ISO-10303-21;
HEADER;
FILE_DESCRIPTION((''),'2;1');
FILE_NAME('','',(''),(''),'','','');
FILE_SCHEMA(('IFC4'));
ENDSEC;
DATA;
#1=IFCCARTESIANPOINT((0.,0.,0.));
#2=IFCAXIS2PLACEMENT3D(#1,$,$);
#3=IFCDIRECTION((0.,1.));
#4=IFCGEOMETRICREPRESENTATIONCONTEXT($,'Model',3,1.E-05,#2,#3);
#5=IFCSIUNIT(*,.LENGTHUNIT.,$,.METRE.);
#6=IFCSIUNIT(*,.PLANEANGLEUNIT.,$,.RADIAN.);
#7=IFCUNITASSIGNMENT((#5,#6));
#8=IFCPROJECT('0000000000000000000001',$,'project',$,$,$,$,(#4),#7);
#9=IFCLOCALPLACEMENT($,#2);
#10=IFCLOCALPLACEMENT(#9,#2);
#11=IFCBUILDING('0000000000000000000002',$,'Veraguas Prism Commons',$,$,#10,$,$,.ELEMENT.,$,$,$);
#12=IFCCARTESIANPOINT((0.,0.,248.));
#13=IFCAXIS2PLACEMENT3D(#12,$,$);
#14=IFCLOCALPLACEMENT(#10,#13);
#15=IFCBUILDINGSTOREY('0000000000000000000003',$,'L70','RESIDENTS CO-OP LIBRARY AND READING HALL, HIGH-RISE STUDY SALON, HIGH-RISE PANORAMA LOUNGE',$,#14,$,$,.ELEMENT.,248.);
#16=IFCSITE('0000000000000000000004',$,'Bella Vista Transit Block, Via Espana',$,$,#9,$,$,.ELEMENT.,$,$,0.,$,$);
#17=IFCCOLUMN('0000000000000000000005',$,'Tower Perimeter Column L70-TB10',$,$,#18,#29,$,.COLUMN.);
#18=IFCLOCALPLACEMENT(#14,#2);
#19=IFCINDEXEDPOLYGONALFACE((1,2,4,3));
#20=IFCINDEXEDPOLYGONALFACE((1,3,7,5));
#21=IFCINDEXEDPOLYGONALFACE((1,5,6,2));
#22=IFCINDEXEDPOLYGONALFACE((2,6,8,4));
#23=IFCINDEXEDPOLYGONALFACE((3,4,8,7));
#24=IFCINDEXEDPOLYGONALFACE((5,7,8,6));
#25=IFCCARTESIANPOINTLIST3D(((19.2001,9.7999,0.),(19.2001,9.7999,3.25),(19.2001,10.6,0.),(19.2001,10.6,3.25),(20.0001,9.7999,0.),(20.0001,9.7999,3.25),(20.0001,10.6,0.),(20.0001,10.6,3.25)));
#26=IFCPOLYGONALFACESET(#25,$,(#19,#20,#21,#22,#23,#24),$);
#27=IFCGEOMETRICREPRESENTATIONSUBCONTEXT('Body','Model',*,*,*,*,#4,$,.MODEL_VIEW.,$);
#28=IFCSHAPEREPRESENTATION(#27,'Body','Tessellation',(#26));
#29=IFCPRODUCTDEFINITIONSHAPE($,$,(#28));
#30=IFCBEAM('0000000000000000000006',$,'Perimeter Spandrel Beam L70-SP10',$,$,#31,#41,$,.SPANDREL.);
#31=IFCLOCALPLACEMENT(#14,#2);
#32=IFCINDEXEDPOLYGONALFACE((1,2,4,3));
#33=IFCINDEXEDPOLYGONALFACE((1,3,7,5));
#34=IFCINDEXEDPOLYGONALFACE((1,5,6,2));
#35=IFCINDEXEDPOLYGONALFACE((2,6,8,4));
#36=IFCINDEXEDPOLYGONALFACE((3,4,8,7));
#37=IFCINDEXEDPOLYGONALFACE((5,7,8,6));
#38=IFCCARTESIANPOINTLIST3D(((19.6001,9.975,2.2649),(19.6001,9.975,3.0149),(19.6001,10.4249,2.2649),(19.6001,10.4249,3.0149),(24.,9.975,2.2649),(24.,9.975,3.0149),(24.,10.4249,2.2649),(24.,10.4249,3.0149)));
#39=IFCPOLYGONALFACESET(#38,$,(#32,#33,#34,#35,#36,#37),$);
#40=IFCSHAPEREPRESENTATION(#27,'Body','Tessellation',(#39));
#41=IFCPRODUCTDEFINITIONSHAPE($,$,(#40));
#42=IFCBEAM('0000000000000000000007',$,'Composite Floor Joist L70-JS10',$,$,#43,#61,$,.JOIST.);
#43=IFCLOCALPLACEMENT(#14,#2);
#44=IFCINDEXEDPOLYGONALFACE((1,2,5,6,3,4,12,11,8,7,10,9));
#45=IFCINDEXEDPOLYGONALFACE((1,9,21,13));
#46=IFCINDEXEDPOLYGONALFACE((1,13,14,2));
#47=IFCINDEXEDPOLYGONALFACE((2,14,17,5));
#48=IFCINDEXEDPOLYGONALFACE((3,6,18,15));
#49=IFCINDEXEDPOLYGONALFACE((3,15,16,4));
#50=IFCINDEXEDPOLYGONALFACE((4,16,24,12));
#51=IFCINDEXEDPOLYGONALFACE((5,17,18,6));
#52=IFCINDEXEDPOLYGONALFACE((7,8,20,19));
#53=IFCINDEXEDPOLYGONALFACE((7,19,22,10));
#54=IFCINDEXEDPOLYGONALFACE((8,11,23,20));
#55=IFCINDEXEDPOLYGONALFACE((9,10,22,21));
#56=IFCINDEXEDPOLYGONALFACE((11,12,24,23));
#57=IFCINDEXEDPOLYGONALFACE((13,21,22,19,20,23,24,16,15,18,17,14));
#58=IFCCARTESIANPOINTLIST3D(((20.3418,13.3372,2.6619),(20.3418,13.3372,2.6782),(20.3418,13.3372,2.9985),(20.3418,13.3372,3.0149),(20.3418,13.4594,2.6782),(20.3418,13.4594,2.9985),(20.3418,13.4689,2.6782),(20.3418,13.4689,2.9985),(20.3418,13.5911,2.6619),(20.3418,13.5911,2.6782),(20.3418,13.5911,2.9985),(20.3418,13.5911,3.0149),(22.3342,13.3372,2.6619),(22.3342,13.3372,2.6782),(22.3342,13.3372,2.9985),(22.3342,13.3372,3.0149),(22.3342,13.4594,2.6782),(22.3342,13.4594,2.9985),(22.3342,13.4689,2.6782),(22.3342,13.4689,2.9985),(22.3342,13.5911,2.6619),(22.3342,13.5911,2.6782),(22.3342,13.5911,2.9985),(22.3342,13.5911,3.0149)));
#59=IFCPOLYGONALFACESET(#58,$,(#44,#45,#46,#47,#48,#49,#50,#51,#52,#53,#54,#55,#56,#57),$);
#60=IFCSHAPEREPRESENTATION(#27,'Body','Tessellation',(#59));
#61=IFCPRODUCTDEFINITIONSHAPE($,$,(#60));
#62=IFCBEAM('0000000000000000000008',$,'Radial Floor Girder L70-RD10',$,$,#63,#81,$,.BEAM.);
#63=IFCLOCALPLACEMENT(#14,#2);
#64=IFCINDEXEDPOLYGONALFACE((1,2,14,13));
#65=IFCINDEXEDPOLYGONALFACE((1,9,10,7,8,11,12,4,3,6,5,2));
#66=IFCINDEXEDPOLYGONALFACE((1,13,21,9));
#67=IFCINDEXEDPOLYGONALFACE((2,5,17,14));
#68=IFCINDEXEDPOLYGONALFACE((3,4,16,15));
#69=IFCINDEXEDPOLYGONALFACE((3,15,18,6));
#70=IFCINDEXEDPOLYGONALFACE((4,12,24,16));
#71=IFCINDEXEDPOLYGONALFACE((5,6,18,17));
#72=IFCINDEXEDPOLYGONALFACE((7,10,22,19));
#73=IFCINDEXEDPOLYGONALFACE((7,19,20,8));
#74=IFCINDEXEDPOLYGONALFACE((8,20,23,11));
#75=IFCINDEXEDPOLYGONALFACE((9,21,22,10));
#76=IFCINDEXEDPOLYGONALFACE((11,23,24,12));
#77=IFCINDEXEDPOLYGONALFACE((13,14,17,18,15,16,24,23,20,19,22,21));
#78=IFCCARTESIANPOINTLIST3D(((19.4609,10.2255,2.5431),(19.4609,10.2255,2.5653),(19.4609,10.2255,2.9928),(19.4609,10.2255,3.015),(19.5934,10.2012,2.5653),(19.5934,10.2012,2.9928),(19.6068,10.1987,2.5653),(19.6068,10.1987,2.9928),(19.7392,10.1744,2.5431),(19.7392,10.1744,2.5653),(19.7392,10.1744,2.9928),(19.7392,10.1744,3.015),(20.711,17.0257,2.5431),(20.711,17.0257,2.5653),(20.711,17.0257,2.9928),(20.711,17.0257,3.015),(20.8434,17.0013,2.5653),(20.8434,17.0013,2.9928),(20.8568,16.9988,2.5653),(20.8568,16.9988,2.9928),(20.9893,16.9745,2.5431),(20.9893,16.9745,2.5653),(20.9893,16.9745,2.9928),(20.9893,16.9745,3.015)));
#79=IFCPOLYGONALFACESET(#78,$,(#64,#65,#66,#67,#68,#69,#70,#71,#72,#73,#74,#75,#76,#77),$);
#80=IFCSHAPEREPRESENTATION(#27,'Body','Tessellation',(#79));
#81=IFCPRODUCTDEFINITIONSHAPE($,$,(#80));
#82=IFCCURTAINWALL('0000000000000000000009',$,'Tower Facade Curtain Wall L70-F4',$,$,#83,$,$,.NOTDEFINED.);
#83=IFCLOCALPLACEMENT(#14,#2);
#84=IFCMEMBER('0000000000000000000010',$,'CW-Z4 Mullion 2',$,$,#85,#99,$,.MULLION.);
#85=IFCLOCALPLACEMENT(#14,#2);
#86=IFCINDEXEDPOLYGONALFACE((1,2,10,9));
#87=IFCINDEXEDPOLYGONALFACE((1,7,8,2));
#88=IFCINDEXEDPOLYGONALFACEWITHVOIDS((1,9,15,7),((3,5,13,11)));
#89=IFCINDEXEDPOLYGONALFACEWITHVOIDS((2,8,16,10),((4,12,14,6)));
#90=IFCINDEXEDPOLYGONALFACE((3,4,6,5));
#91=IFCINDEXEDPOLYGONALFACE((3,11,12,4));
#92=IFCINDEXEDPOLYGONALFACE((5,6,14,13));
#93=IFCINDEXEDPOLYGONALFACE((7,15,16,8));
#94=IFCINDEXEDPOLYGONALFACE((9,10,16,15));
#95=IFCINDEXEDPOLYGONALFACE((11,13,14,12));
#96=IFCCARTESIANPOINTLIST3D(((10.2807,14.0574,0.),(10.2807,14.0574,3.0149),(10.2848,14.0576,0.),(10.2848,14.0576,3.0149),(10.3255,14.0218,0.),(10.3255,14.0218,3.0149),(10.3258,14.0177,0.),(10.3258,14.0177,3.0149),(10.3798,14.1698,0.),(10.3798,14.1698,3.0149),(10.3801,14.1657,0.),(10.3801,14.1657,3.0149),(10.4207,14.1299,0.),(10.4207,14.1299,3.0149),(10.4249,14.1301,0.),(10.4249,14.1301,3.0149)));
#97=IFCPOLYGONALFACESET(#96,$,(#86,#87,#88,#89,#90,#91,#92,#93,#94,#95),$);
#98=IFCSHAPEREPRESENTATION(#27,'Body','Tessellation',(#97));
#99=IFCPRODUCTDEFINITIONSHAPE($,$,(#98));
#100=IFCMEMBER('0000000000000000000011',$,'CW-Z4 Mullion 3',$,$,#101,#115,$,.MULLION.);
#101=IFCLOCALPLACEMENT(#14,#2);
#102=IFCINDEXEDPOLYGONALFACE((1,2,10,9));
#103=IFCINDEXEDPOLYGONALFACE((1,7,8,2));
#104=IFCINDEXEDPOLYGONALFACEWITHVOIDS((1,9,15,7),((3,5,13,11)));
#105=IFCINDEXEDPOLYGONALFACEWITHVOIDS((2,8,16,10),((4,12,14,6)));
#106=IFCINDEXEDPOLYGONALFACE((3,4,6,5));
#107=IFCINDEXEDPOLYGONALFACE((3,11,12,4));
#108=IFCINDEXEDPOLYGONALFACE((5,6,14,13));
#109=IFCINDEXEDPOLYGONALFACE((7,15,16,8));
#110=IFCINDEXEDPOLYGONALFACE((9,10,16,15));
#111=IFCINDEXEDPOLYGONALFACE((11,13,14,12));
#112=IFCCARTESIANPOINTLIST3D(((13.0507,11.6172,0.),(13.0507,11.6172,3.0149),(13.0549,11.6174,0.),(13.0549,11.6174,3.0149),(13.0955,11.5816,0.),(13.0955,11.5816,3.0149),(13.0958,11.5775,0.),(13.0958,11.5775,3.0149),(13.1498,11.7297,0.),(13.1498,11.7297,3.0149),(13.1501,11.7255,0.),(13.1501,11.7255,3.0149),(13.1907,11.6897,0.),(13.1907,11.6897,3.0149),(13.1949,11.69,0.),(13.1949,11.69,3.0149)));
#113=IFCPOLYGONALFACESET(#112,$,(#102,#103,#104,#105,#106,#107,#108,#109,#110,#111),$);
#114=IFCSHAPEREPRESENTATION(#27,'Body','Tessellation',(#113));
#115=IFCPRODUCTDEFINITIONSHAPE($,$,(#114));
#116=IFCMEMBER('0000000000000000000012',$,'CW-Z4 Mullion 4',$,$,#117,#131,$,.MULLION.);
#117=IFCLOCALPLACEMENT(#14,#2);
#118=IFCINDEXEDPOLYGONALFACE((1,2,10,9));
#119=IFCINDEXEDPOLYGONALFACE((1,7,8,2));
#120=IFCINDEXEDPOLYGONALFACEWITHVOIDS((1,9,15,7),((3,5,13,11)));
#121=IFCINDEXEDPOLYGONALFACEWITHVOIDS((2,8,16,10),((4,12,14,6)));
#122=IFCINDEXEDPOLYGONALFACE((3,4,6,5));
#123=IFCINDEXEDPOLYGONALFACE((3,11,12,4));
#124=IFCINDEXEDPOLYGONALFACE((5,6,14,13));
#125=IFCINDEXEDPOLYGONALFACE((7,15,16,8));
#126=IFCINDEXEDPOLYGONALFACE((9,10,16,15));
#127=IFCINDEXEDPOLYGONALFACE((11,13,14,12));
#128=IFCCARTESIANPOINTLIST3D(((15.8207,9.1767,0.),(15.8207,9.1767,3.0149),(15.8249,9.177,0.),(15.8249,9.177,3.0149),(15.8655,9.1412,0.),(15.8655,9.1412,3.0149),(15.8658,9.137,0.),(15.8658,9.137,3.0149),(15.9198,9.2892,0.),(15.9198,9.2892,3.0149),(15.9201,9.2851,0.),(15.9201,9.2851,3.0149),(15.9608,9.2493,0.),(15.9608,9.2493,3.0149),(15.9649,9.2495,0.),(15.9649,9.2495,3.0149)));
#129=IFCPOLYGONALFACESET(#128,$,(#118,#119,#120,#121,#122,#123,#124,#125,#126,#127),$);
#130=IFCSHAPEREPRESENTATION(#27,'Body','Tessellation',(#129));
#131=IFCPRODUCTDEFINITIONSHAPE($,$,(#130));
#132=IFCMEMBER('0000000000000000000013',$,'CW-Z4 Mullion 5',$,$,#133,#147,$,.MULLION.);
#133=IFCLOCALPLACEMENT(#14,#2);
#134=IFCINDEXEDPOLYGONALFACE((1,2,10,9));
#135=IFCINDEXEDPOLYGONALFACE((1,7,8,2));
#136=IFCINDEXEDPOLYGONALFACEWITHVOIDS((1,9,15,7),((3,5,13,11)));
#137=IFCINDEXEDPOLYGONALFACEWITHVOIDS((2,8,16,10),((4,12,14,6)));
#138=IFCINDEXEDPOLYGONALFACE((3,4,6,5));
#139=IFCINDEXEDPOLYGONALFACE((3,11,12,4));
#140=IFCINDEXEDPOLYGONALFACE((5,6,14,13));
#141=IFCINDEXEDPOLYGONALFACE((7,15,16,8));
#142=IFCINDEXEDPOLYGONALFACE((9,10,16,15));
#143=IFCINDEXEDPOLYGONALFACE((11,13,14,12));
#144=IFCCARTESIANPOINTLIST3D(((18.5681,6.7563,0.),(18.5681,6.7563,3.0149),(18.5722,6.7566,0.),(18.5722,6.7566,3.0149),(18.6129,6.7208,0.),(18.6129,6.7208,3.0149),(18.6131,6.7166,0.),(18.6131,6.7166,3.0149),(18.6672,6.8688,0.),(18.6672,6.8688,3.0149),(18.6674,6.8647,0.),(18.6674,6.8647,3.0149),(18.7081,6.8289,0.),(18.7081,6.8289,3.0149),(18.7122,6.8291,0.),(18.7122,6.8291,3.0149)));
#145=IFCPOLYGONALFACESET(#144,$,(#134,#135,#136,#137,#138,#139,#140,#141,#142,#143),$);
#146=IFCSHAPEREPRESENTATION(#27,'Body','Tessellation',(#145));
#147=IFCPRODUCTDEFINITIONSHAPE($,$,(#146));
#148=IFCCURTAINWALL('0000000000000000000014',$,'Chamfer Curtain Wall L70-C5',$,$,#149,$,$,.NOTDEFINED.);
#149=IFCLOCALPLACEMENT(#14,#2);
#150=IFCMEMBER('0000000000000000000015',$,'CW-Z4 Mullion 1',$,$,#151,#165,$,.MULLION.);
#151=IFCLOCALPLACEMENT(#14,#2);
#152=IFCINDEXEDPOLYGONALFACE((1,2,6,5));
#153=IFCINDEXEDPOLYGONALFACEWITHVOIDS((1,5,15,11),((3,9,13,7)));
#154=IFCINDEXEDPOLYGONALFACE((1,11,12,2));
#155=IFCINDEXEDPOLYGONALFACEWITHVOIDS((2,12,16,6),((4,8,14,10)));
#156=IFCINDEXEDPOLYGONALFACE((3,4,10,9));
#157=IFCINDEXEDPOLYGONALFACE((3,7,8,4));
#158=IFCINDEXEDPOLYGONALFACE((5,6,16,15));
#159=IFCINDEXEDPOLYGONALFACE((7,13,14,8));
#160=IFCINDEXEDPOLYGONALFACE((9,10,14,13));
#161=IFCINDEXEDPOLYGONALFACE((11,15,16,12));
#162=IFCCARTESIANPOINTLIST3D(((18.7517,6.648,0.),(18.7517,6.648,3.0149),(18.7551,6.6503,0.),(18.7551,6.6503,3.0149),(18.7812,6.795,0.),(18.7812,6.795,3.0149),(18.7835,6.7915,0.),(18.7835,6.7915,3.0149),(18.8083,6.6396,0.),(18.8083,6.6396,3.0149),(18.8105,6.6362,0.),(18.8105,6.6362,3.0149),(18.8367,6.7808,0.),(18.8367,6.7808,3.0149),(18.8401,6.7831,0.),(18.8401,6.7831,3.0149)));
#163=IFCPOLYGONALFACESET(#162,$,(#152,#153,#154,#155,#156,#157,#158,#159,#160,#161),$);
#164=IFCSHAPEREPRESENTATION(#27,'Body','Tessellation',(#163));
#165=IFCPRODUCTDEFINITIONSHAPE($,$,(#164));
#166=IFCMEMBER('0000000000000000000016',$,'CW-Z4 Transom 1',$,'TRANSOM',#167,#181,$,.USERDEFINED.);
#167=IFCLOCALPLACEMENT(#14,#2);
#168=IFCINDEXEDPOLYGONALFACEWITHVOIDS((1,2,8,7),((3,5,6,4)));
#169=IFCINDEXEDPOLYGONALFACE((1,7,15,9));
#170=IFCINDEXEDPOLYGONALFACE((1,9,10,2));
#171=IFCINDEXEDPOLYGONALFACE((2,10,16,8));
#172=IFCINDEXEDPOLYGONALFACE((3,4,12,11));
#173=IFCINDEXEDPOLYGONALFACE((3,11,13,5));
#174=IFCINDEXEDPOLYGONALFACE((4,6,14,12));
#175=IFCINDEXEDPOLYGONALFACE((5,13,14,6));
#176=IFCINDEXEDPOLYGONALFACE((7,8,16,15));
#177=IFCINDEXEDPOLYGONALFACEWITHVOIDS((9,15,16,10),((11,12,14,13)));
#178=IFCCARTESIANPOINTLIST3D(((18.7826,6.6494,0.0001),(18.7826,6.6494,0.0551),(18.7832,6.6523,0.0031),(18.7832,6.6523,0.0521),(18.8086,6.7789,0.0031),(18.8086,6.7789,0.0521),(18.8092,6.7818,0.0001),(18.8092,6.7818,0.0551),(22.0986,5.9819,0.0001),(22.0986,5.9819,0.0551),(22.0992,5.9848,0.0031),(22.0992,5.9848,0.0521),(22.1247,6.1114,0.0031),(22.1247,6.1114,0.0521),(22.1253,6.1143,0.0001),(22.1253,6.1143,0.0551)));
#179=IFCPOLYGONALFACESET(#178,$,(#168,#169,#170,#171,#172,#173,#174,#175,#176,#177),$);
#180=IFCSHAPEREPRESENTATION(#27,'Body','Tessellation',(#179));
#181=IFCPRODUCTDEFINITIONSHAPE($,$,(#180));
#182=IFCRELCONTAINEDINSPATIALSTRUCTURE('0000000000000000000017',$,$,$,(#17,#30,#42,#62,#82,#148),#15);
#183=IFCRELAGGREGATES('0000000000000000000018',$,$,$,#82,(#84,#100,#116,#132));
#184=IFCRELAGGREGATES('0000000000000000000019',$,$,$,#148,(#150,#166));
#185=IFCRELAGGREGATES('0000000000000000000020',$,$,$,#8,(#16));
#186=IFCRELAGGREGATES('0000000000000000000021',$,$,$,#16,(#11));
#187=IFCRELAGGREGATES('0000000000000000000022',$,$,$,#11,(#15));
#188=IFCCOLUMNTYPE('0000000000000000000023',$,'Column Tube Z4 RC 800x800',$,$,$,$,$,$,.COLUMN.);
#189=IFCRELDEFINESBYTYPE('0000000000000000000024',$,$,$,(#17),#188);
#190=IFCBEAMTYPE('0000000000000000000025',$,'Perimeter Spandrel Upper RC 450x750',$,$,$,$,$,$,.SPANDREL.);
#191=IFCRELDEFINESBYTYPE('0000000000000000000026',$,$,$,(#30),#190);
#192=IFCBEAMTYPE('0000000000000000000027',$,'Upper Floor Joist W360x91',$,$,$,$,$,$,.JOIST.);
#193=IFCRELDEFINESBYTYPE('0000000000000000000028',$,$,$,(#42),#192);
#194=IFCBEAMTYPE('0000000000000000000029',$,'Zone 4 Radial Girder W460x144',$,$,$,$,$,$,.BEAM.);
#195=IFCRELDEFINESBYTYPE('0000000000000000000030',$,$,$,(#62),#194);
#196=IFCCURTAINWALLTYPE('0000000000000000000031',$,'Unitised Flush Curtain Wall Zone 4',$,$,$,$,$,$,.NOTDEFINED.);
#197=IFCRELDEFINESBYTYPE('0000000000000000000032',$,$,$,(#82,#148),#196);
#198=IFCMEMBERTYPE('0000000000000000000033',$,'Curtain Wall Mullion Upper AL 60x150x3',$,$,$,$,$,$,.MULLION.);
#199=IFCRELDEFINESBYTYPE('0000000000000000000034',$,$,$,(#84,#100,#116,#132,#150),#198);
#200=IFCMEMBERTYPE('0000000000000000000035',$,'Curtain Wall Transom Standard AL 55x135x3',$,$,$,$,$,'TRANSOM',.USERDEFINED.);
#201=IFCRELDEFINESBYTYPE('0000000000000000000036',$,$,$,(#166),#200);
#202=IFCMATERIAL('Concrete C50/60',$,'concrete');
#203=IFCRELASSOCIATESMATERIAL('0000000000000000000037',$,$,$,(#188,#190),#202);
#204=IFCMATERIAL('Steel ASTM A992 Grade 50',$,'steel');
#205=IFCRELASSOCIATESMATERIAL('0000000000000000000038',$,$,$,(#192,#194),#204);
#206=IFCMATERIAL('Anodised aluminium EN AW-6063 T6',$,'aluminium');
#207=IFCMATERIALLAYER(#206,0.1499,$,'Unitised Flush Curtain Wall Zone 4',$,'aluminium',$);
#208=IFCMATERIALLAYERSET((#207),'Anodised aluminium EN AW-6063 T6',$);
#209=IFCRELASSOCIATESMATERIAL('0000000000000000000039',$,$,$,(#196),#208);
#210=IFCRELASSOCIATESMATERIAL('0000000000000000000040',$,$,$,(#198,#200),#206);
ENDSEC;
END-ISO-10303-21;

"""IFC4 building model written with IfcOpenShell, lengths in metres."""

from ifc_helpers import new_model, si_unit, direction, frame, origin, origin_2d, place, context, subcontext, project, spatial, rectangle, hollow_rectangle, i_section, extrude, source, transform, mapped, material, layer, layer_set, material_profile, profile_set, type_object, element, aggregate, save


model = new_model("IFC4")

# Units and contexts
model_context = context("Model", 3, precision=1e-05, world=origin(), true_north=direction((0.0, 1.0)))
body_context = subcontext(model_context, "Body", "Model", "MODEL_VIEW")
ifc_project = project(units=[si_unit("LENGTHUNIT", "METRE"), si_unit("PLANEANGLEUNIT", "RADIAN")], contexts=[model_context])

# Site, building, storey
site_placement = place(None, origin())
site = spatial("IfcSite", under=ifc_project, at=site_placement, Name="Bella Vista Transit Block, Via Espana", CompositionType="ELEMENT", RefElevation=0.0)
building_placement = place(site_placement, origin())
building = spatial("IfcBuilding", under=site, at=building_placement, Name="Veraguas Prism Commons", CompositionType="ELEMENT")
storey_placement = place(building_placement, frame((0.0, 0.0, 248.0)))
storey = spatial("IfcBuildingStorey", under=building, at=storey_placement, Name="L70", Description="RESIDENTS CO-OP LIBRARY AND READING HALL, HIGH-RISE STUDY SALON, HIGH-RISE PANORAMA LOUNGE", CompositionType="ELEMENT", Elevation=248.0)

# Column
ifc_material_1 = material(Name="Concrete C50/60", Category="concrete")
ifc_material_profile_1 = material_profile(ifc_material_1, rectangle(XDim=0.8, YDim=0.8, at=origin_2d()), Name="RC800X800")
ifc_profile_set_1 = profile_set([ifc_material_profile_1], Name="Concrete C50/60")
column_type = type_object("IfcColumnType", Name="Column Tube Z4 RC 800x800", PredefinedType="COLUMN", material=ifc_profile_set_1)
column_placement = place(storey_placement, frame((19.6001, 10.2, 0.0), z_axis=(0.0, 0.0, 1.0), x_axis=(1.0, 0.0, 0.0)))
element("IfcColumn", 1, at=column_placement, inside=storey, type_object=column_type, Name="Tower Perimeter Column L70-TB10", PredefinedType="COLUMN", context=body_context, shape_type="SweptSolid", body=[
    extrude(rectangle(XDim=0.8, YDim=0.8, at=origin_2d()), origin(), (0.0, 0.0, 1.0), 3.25),
])

# Beams
ifc_material_profile_2 = material_profile(ifc_material_1, rectangle(XDim=0.45, YDim=0.75, at=origin_2d()), Name="RC450X750")
ifc_profile_set_2 = profile_set([ifc_material_profile_2], Name="Concrete C50/60")
beam_type_1 = type_object("IfcBeamType", Name="Perimeter Spandrel Upper RC 450x750", PredefinedType="SPANDREL", material=ifc_profile_set_2)
beam_1_placement = place(storey_placement, frame((19.6001, 10.2, 2.6399), z_axis=(1.0, 0.0, 0.0), x_axis=(0.0, 1.0, 0.0)))
element("IfcBeam", 2, at=beam_1_placement, inside=storey, type_object=beam_type_1, Name="Perimeter Spandrel Beam L70-SP10", PredefinedType="SPANDREL", context=body_context, shape_type="SweptSolid", body=[
    extrude(rectangle(XDim=0.45, YDim=0.75, at=origin_2d()), origin(), (0.0, 0.0, 1.0), 4.3999),
])
ifc_material_2 = material(Name="Steel ASTM A992 Grade 50", Category="steel")
ifc_material_profile_3 = material_profile(ifc_material_2, i_section(OverallWidth=0.2539, OverallDepth=0.353, WebThickness=0.0095, FlangeThickness=0.0164, at=origin_2d()), Name="W360X91")
ifc_profile_set_3 = profile_set([ifc_material_profile_3], Name="Steel ASTM A992 Grade 50")
beam_type_2 = type_object("IfcBeamType", Name="Upper Floor Joist W360x91", PredefinedType="JOIST", material=ifc_profile_set_3)
beam_2_placement = place(storey_placement, frame((20.3418, 13.4641, 2.8384), z_axis=(1.0, 0.0, 0.0), x_axis=(0.0, 1.0, 0.0)))
element("IfcBeam", 3, at=beam_2_placement, inside=storey, type_object=beam_type_2, Name="Composite Floor Joist L70-JS10", PredefinedType="JOIST", context=body_context, shape_type="SweptSolid", body=[
    extrude(i_section(OverallWidth=0.2539, OverallDepth=0.353, WebThickness=0.0095, FlangeThickness=0.0164, at=origin_2d()), origin(), (0.0, 0.0, 1.0), 1.9924),
])
ifc_material_profile_4 = material_profile(ifc_material_2, i_section(OverallWidth=0.283, OverallDepth=0.4719, WebThickness=0.0137, FlangeThickness=0.0222, at=origin_2d()), Name="W460X144")
ifc_profile_set_4 = profile_set([ifc_material_profile_4], Name="Steel ASTM A992 Grade 50")
beam_type_3 = type_object("IfcBeamType", Name="Zone 4 Radial Girder W460x144", PredefinedType="BEAM", material=ifc_profile_set_4)
beam_3_placement = place(storey_placement, frame((19.6001, 10.2, 2.7791), z_axis=(0.180793, 0.983521, 0.0), x_axis=(-0.983521, 0.180793, 0.0)))
element("IfcBeam", 4, at=beam_3_placement, inside=storey, type_object=beam_type_3, Name="Radial Floor Girder L70-RD10", PredefinedType="BEAM", context=body_context, shape_type="SweptSolid", body=[
    extrude(i_section(OverallWidth=0.283, OverallDepth=0.4719, WebThickness=0.0137, FlangeThickness=0.0222, at=origin_2d()), origin(), (0.0, 0.0, 1.0), 6.9141),
])

# Curtain walls, members
ifc_material_3 = material(Name="Anodised aluminium EN AW-6063 T6", Category="aluminium")
ifc_layer_1 = layer(ifc_material_3, 0.1499, Name="Unitised Flush Curtain Wall Zone 4", Category="aluminium")
ifc_layer_set_1 = layer_set([ifc_layer_1], Name="Anodised aluminium EN AW-6063 T6")
curtain_wall_type = type_object("IfcCurtainWallType", Name="Unitised Flush Curtain Wall Zone 4", PredefinedType="NOTDEFINED", material=ifc_layer_set_1)
curtain_wall_1_placement = place(storey_placement, origin())
curtain_wall_1 = element("IfcCurtainWall", 5, at=curtain_wall_1_placement, inside=storey, type_object=curtain_wall_type, Name="Tower Facade Curtain Wall L70-F4", PredefinedType="NOTDEFINED")
ifc_material_profile_5 = material_profile(ifc_material_3, hollow_rectangle(XDim=0.0601, YDim=0.1499, WallThickness=0.0029, at=origin_2d()), Name="AL60X150X3")
ifc_profile_set_5 = profile_set([ifc_material_profile_5], Name="Anodised aluminium EN AW-6063 T6")
member_type_1 = type_object("IfcMemberType", Name="Curtain Wall Mullion Upper AL 60x150x3", PredefinedType="MULLION", material=ifc_profile_set_5)
shared_shape_1 = source(origin(), body_context, "Body", "SweptSolid", [
    extrude(hollow_rectangle(XDim=0.0601, YDim=0.1499, WallThickness=0.0029, at=origin_2d()), origin(), (0.0, 0.0, 1.0), 3.0149),
])
member_1_placement = place(storey_placement, frame((10.3528, 14.0938, 0.0), z_axis=(0.0, 0.0, 1.0), x_axis=(0.750348, -0.661043, 0.0)))
member_1 = element("IfcMember", 6, at=member_1_placement, type_object=member_type_1, Name="CW-Z4 Mullion 2", PredefinedType="MULLION", context=body_context, shape_type="MappedRepresentation", body=[
    mapped(shared_shape_1, transform((0.0, 0.0, 0.0), scale=1.0)),
])
member_2_placement = place(storey_placement, frame((13.1228, 11.6536, 0.0), z_axis=(0.0, 0.0, 1.0), x_axis=(0.750348, -0.661043, 0.0)))
member_2 = element("IfcMember", 7, at=member_2_placement, type_object=member_type_1, Name="CW-Z4 Mullion 3", PredefinedType="MULLION", context=body_context, shape_type="MappedRepresentation", body=[
    mapped(shared_shape_1, transform((0.0, 0.0, 0.0), scale=1.0)),
])
member_3_placement = place(storey_placement, frame((15.8928, 9.2131, 0.0), z_axis=(0.0, 0.0, 1.0), x_axis=(0.750348, -0.661043, 0.0)))
member_3 = element("IfcMember", 8, at=member_3_placement, type_object=member_type_1, Name="CW-Z4 Mullion 4", PredefinedType="MULLION", context=body_context, shape_type="MappedRepresentation", body=[
    mapped(shared_shape_1, transform((0.0, 0.0, 0.0), scale=1.0)),
])
member_4_placement = place(storey_placement, frame((18.6401, 6.7927, 0.0), z_axis=(0.0, 0.0, 1.0), x_axis=(0.750348, -0.661043, 0.0)))
member_4 = element("IfcMember", 9, at=member_4_placement, type_object=member_type_1, Name="CW-Z4 Mullion 5", PredefinedType="MULLION", context=body_context, shape_type="MappedRepresentation", body=[
    mapped(shared_shape_1, transform((0.0, 0.0, 0.0), scale=1.0)),
])
curtain_wall_2_placement = place(storey_placement, origin())
curtain_wall_2 = element("IfcCurtainWall", 10, at=curtain_wall_2_placement, inside=storey, type_object=curtain_wall_type, Name="Chamfer Curtain Wall L70-C5", PredefinedType="NOTDEFINED")
member_5_placement = place(storey_placement, frame((18.7959, 6.7156, 0.0), z_axis=(0.0, 0.0, 1.0), x_axis=(0.980339, -0.197322, 0.0)))
member_5 = element("IfcMember", 11, at=member_5_placement, type_object=member_type_1, Name="CW-Z4 Mullion 1", PredefinedType="MULLION", context=body_context, shape_type="MappedRepresentation", body=[
    mapped(shared_shape_1, transform((0.0, 0.0, 0.0), scale=1.0)),
])
ifc_material_profile_6 = material_profile(ifc_material_3, hollow_rectangle(XDim=0.0549, YDim=0.135, WallThickness=0.0029, at=origin_2d()), Name="AL55X135X3")
ifc_profile_set_6 = profile_set([ifc_material_profile_6], Name="Anodised aluminium EN AW-6063 T6")
member_type_2 = type_object("IfcMemberType", Name="Curtain Wall Transom Standard AL 55x135x3", ElementType="TRANSOM", PredefinedType="USERDEFINED", material=ifc_profile_set_6)
shared_shape_2 = source(origin(), body_context, "Body", "SweptSolid", [
    extrude(hollow_rectangle(XDim=0.0549, YDim=0.135, WallThickness=0.0029, at=origin_2d()), origin(), (0.0, 0.0, 1.0), 3.3826),
])
member_6_placement = place(storey_placement, frame((18.7959, 6.7156, 0.0276), z_axis=(0.980338, -0.197324, 0.0), x_axis=(0.0, 0.0, 1.0)))
member_6 = element("IfcMember", 12, at=member_6_placement, type_object=member_type_2, Name="CW-Z4 Transom 1", ObjectType="TRANSOM", PredefinedType="USERDEFINED", context=body_context, shape_type="MappedRepresentation", body=[
    mapped(shared_shape_2, transform((0.0, 0.0, 0.0), scale=1.0)),
])

aggregate(curtain_wall_1, [member_1, member_2, member_3, member_4])
aggregate(curtain_wall_2, [member_5, member_6])

save(model, "model.ifc")
